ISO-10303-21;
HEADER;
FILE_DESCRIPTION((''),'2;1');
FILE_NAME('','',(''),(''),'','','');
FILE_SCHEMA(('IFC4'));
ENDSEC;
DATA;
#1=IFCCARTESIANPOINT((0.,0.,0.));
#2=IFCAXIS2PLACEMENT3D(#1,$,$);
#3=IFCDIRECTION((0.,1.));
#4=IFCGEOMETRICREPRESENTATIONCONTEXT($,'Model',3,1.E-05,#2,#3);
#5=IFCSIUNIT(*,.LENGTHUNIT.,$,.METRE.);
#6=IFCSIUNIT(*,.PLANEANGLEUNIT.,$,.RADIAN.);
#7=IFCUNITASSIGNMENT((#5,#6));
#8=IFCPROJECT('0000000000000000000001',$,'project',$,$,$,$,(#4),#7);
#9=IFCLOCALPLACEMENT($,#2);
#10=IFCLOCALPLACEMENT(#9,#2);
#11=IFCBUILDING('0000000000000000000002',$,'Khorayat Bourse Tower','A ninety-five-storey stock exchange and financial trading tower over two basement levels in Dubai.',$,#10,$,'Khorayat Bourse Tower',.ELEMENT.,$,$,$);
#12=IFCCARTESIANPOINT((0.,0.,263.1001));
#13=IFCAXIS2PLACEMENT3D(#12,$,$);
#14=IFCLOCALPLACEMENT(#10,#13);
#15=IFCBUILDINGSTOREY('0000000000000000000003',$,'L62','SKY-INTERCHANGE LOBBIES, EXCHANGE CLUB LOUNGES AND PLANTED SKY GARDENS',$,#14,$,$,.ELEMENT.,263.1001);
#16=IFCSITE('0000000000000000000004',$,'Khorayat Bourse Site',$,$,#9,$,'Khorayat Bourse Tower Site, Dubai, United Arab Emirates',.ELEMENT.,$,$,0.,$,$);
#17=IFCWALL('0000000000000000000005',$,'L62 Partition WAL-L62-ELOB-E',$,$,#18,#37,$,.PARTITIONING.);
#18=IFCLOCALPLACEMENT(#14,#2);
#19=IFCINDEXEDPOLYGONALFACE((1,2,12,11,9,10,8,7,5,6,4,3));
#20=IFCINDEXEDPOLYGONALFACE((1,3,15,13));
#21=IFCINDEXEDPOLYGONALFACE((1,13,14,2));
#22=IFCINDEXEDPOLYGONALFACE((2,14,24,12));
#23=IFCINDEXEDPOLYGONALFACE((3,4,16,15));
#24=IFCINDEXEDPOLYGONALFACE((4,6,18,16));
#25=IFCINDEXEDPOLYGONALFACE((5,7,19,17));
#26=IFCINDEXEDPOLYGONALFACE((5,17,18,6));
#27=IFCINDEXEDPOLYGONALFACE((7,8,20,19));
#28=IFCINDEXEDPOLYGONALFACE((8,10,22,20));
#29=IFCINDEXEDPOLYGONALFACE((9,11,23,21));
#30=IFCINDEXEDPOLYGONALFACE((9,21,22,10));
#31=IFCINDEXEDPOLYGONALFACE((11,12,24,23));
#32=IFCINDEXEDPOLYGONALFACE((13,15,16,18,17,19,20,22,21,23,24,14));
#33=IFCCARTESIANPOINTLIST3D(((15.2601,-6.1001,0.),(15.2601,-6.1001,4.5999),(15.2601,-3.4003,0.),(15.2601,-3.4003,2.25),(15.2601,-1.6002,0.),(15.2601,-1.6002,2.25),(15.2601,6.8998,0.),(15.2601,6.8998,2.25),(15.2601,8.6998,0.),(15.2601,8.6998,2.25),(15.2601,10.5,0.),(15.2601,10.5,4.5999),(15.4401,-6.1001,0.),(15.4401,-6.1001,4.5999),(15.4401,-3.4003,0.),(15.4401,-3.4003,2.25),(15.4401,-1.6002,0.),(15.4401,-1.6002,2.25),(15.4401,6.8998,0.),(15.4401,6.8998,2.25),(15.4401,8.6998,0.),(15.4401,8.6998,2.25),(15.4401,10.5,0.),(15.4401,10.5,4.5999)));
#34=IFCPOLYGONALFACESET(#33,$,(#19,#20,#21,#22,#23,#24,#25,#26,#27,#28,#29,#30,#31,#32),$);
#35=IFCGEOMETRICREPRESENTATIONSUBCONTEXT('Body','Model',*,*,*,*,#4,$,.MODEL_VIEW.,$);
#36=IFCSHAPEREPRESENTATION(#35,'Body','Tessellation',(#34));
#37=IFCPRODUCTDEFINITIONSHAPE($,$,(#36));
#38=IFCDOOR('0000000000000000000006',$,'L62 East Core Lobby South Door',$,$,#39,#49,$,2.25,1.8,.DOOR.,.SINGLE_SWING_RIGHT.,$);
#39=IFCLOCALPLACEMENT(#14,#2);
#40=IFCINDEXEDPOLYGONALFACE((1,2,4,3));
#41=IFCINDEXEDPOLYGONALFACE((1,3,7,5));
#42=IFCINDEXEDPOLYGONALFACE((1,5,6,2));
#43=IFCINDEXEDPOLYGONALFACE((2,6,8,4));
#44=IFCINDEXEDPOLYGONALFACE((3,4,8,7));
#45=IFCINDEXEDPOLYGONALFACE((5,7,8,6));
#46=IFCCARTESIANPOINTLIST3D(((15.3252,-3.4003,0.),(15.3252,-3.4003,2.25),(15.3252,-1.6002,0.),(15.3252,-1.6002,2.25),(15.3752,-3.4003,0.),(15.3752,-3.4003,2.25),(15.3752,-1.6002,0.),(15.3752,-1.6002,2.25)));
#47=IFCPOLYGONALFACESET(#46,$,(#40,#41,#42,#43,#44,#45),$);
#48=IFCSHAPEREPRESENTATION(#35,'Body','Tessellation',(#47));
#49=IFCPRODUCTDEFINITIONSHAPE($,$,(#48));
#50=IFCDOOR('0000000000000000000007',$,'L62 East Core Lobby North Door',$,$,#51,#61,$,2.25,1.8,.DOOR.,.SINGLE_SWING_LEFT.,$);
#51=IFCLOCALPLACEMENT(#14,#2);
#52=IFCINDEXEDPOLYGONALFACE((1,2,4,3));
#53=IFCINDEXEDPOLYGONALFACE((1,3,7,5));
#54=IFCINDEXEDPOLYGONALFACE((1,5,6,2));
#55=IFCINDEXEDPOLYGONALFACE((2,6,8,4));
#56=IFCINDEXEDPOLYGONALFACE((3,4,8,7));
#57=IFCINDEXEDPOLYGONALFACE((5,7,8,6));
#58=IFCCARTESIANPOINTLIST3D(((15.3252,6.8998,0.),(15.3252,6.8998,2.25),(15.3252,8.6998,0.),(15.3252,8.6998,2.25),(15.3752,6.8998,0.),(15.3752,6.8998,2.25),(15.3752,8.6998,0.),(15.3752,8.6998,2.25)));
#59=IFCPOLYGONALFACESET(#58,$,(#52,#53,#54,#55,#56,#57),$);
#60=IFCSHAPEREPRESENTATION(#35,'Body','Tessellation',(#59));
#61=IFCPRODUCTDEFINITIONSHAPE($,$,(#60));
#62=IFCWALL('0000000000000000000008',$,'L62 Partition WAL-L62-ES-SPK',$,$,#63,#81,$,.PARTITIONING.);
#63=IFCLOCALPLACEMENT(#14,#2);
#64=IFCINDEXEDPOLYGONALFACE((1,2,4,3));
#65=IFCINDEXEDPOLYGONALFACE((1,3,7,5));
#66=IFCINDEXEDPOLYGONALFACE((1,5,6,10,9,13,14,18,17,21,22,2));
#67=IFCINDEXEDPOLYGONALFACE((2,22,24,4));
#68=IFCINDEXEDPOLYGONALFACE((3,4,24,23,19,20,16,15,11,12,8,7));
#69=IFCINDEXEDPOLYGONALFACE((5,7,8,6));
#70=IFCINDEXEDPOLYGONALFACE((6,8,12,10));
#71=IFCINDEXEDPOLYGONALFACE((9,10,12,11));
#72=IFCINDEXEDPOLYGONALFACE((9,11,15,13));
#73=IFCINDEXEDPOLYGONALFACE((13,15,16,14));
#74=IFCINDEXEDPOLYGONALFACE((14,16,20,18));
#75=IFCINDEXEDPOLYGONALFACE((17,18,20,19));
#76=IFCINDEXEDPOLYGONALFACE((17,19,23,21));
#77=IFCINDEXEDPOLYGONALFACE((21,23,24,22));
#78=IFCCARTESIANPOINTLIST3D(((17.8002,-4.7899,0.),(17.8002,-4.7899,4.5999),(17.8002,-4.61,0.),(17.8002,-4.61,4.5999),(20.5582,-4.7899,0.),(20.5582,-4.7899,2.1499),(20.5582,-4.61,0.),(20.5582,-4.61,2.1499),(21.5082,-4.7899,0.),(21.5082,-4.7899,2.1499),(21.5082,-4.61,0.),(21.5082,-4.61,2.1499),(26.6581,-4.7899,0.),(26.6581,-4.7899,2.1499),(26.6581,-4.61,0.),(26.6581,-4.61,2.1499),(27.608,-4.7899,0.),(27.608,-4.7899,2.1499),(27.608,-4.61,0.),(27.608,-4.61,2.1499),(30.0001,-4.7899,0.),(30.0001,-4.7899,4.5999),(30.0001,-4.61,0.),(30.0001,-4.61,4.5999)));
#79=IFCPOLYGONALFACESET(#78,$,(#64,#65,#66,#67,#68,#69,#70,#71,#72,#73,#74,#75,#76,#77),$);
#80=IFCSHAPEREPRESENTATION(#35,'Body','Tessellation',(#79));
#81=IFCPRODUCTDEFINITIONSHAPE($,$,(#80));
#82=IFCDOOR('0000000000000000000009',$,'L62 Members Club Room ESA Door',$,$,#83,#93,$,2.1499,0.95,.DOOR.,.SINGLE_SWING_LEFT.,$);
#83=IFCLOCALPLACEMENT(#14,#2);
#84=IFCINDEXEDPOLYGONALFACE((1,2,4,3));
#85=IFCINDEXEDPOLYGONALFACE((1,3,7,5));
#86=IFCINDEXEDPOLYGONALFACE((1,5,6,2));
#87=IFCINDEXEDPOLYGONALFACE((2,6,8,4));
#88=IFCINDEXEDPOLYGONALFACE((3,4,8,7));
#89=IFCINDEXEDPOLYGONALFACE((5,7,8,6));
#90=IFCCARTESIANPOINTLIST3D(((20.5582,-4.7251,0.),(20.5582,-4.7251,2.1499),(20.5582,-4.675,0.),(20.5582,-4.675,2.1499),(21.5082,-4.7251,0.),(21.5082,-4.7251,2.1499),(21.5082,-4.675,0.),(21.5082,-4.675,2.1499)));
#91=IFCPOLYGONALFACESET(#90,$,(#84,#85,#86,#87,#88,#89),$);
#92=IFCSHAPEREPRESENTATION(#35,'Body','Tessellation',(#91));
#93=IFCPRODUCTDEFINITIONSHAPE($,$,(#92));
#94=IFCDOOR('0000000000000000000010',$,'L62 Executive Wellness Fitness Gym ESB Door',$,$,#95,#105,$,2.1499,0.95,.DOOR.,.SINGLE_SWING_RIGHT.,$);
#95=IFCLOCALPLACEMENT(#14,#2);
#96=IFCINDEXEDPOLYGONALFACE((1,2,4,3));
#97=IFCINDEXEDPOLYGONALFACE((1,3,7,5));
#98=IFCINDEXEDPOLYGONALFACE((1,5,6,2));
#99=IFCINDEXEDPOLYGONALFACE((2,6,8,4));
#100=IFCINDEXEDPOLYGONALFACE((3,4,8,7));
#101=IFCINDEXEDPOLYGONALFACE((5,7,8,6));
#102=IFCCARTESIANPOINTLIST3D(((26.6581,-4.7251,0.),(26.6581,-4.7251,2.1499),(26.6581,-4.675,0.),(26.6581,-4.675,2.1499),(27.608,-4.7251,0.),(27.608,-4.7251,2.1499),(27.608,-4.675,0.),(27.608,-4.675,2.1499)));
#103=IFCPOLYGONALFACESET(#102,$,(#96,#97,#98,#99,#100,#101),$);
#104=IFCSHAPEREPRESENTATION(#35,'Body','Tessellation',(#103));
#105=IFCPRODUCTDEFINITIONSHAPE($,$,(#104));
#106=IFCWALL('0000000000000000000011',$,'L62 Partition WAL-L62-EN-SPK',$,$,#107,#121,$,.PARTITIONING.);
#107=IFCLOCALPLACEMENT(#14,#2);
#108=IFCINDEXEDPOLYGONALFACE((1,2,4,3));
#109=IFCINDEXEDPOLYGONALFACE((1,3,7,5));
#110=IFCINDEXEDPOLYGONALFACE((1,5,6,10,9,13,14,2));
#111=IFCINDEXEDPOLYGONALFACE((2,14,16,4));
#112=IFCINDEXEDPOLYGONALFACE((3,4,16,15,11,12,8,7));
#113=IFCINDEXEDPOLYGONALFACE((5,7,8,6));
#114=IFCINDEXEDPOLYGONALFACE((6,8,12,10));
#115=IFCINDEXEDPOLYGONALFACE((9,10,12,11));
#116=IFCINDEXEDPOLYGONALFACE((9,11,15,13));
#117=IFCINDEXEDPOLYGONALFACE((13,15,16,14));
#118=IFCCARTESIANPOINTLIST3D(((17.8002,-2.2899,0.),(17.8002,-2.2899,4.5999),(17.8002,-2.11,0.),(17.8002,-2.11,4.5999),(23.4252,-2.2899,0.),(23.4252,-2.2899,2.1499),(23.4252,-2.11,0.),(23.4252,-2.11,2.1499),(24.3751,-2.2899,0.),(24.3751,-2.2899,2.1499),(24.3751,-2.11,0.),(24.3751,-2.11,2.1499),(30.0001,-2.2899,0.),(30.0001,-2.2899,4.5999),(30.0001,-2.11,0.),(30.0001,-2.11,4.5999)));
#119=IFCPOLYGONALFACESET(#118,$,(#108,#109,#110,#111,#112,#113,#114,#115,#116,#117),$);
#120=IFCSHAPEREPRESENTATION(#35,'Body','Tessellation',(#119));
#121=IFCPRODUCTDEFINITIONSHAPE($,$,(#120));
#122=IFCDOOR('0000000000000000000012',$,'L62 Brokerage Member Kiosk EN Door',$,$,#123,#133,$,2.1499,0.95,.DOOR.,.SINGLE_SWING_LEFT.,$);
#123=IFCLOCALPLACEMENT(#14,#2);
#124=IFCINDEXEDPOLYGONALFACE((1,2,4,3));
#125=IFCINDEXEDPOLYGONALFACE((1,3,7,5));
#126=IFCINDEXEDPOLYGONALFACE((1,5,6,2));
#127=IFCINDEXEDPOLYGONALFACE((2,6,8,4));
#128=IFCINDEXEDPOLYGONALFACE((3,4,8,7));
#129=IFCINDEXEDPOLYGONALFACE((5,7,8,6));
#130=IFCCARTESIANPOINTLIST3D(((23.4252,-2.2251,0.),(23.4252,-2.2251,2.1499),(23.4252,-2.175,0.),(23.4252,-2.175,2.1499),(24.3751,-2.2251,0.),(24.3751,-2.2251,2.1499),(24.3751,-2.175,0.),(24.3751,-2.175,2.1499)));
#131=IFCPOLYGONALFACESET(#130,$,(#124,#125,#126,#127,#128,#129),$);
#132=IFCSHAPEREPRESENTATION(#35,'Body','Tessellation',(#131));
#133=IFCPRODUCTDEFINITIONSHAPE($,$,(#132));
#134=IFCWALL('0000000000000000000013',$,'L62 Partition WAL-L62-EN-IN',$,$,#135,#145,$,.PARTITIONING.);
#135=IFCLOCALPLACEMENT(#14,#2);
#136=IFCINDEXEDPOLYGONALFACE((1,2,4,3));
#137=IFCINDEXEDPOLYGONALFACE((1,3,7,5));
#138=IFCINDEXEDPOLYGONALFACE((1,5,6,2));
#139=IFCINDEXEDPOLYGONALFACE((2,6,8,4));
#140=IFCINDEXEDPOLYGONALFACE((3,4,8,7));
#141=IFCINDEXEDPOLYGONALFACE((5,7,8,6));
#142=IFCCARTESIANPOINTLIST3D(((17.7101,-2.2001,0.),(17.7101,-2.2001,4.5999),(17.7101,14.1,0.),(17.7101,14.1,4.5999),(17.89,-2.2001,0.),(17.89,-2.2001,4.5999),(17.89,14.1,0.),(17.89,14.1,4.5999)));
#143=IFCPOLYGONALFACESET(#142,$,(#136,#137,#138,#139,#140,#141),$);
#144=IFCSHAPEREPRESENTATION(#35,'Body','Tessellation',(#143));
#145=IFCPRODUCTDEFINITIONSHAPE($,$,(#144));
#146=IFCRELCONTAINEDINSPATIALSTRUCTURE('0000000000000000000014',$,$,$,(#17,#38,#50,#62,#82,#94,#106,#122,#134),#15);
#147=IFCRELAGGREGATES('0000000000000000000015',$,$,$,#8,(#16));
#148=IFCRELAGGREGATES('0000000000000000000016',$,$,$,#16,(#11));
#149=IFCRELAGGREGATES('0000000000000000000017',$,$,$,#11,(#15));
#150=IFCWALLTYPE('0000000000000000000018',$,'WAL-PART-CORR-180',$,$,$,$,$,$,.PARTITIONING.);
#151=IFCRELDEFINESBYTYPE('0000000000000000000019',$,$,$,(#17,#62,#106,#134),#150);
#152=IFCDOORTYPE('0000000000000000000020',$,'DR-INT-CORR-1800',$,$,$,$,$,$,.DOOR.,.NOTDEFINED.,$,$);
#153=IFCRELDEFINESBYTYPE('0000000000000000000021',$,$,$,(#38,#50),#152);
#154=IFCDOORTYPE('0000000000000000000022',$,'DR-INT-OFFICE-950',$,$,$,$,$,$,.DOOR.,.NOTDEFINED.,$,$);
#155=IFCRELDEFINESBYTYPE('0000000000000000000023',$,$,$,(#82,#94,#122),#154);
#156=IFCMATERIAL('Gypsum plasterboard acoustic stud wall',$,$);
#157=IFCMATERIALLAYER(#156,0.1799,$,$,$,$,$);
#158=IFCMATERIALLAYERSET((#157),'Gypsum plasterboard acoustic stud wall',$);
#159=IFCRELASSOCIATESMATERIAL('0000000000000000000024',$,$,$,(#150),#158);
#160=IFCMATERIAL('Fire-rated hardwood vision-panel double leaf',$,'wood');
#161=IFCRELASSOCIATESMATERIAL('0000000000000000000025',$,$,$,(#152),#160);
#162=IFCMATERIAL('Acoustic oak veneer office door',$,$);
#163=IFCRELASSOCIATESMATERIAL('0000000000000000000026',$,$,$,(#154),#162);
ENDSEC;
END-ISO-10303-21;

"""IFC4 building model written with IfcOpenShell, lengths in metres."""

from ifc_helpers import new_model, si_unit, direction, frame, frame_2d, origin, place, context, subcontext, project, spatial, rectangle, extrude, source, transform, mapped, material, layer, layer_set, type_object, element, fill, save


model = new_model("IFC4")

# Units and contexts
model_context = context("Model", 3, precision=1e-05, world=origin(), true_north=direction((0.0, 1.0)))
body_context = subcontext(model_context, "Body", "Model", "MODEL_VIEW")
ifc_project = project(units=[si_unit("LENGTHUNIT", "METRE"), si_unit("PLANEANGLEUNIT", "RADIAN")], contexts=[model_context])

# Site, building, storey
site_placement = place(None, origin())
site = spatial("IfcSite", under=ifc_project, at=site_placement, Name="Khorayat Bourse Site", LongName="Khorayat Bourse Tower Site, Dubai, United Arab Emirates", CompositionType="ELEMENT", RefElevation=0.0)
building_placement = place(site_placement, origin())
building = spatial("IfcBuilding", under=site, at=building_placement, Name="Khorayat Bourse Tower", Description="A ninety-five-storey stock exchange and financial trading tower over two basement levels in Dubai.", LongName="Khorayat Bourse Tower", CompositionType="ELEMENT")
storey_placement = place(building_placement, frame((0.0, 0.0, 263.1001)))
storey = spatial("IfcBuildingStorey", under=building, at=storey_placement, Name="L62", Description="SKY-INTERCHANGE LOBBIES, EXCHANGE CLUB LOUNGES AND PLANTED SKY GARDENS", CompositionType="ELEMENT", Elevation=263.1001)

# Walls, openings, doors
ifc_material_1 = material(Name="Gypsum plasterboard acoustic stud wall")
ifc_layer_1 = layer(ifc_material_1, 0.1799)
ifc_layer_set_1 = layer_set([ifc_layer_1], Name="Gypsum plasterboard acoustic stud wall")
wall_type_1 = type_object("IfcWallType", Name="WAL-PART-CORR-180", PredefinedType="PARTITIONING", material=ifc_layer_set_1)
shared_shape_1 = source(origin(), body_context, "Body", "SweptSolid", [
    extrude(rectangle(XDim=16.6001, YDim=0.1799, at=frame_2d((8.3, 0.0))), origin(), (0.0, 0.0, 1.0), 4.5999),
])
wall_1_placement = place(storey_placement, frame((15.3501, -6.1001, 0.0), z_axis=(0.0, 0.0, 1.0), x_axis=(0.0, 1.0, 0.0)))
wall_1 = element("IfcWall", 1, at=wall_1_placement, inside=storey, type_object=wall_type_1, Name="L62 Partition WAL-L62-ELOB-E", PredefinedType="PARTITIONING", context=body_context, shape_type="MappedRepresentation", body=[
    mapped(shared_shape_1, transform((0.0, 0.0, 0.0), scale=1.0)),
])
shared_shape_2 = source(origin(), body_context, "Body", "SweptSolid", [
    extrude(rectangle(XDim=1.8, YDim=2.25, at=frame_2d((0.8999, 1.125))), frame((0.0, 0.0999, 0.0), z_axis=(0.0, -1.0, 0.0), x_axis=(1.0, 0.0, 0.0)), (0.0, 0.0, 1.0), 0.2),
])
opening_1_placement = place(wall_1_placement, frame((2.7, 0.0, 0.0)))
opening_1 = element("IfcOpeningElement", 2, at=opening_1_placement, cuts=wall_1, PredefinedType="OPENING", context=body_context, shape_type="MappedRepresentation", body=[
    mapped(shared_shape_2, transform((0.0, 0.0, 0.0), scale=1.0)),
])
opening_2_placement = place(wall_1_placement, frame((13.0, 0.0, 0.0)))
opening_2 = element("IfcOpeningElement", 3, at=opening_2_placement, cuts=wall_1, PredefinedType="OPENING", context=body_context, shape_type="MappedRepresentation", body=[
    mapped(shared_shape_2, transform((0.0, 0.0, 0.0), scale=1.0)),
])
ifc_material_2 = material(Name="Fire-rated hardwood vision-panel double leaf", Category="wood")
door_type_1 = type_object("IfcDoorType", Name="DR-INT-CORR-1800", OperationType="NOTDEFINED", PredefinedType="DOOR", material=ifc_material_2)
shared_shape_3 = source(origin(), body_context, "Body", "SweptSolid", [
    extrude(rectangle(XDim=1.8, YDim=2.25, at=frame_2d((0.8999, 1.125))), frame((0.0, 0.0249, 0.0), z_axis=(0.0, -1.0, 0.0), x_axis=(1.0, 0.0, 0.0)), (0.0, 0.0, 1.0), 0.05),
])
door_1_placement = place(opening_1_placement, origin())
door_1 = element("IfcDoor", 4, at=door_1_placement, inside=storey, type_object=door_type_1, Name="L62 East Core Lobby South Door", OperationType="SINGLE_SWING_RIGHT", OverallHeight=2.25, OverallWidth=1.8, PredefinedType="DOOR", context=body_context, shape_type="MappedRepresentation", body=[
    mapped(shared_shape_3, transform((0.0, 0.0, 0.0), scale=1.0)),
])
fill(opening_1, door_1)
door_2_placement = place(opening_2_placement, origin())
door_2 = element("IfcDoor", 5, at=door_2_placement, inside=storey, type_object=door_type_1, Name="L62 East Core Lobby North Door", OperationType="SINGLE_SWING_LEFT", OverallHeight=2.25, OverallWidth=1.8, PredefinedType="DOOR", context=body_context, shape_type="MappedRepresentation", body=[
    mapped(shared_shape_3, transform((0.0, 0.0, 0.0), scale=1.0)),
])
fill(opening_2, door_2)
shared_shape_4 = source(origin(), body_context, "Body", "SweptSolid", [
    extrude(rectangle(XDim=12.2, YDim=0.1799, at=frame_2d((6.1001, 0.0))), origin(), (0.0, 0.0, 1.0), 4.5999),
])
wall_2_placement = place(storey_placement, frame((17.8, -4.7, 0.0), z_axis=(0.0, 0.0, 1.0), x_axis=(1.0, 0.0, 0.0)))
wall_2 = element("IfcWall", 6, at=wall_2_placement, inside=storey, type_object=wall_type_1, Name="L62 Partition WAL-L62-ES-SPK", PredefinedType="PARTITIONING", context=body_context, shape_type="MappedRepresentation", body=[
    mapped(shared_shape_4, transform((0.0, 0.0, 0.0), scale=1.0)),
])
shared_shape_5 = source(origin(), body_context, "Body", "SweptSolid", [
    extrude(rectangle(XDim=0.95, YDim=2.1499, at=frame_2d((0.4751, 1.075))), frame((0.0, 0.0999, 0.0), z_axis=(0.0, -1.0, 0.0), x_axis=(1.0, 0.0, 0.0)), (0.0, 0.0, 1.0), 0.2),
])
opening_3_placement = place(wall_2_placement, frame((2.7581, 0.0, 0.0)))
opening_3 = element("IfcOpeningElement", 7, at=opening_3_placement, cuts=wall_2, PredefinedType="OPENING", context=body_context, shape_type="MappedRepresentation", body=[
    mapped(shared_shape_5, transform((0.0, 0.0, 0.0), scale=1.0)),
])
opening_4_placement = place(wall_2_placement, frame((8.8579, 0.0, 0.0)))
opening_4 = element("IfcOpeningElement", 8, at=opening_4_placement, cuts=wall_2, PredefinedType="OPENING", context=body_context, shape_type="MappedRepresentation", body=[
    mapped(shared_shape_5, transform((0.0, 0.0, 0.0), scale=1.0)),
])
ifc_material_3 = material(Name="Acoustic oak veneer office door")
door_type_2 = type_object("IfcDoorType", Name="DR-INT-OFFICE-950", OperationType="NOTDEFINED", PredefinedType="DOOR", material=ifc_material_3)
shared_shape_6 = source(origin(), body_context, "Body", "SweptSolid", [
    extrude(rectangle(XDim=0.95, YDim=2.1499, at=frame_2d((0.4751, 1.075))), frame((0.0, 0.0249, 0.0), z_axis=(0.0, -1.0, 0.0), x_axis=(1.0, 0.0, 0.0)), (0.0, 0.0, 1.0), 0.05),
])
door_3_placement = place(opening_3_placement, origin())
door_3 = element("IfcDoor", 9, at=door_3_placement, inside=storey, type_object=door_type_2, Name="L62 Members Club Room ESA Door", OperationType="SINGLE_SWING_LEFT", OverallHeight=2.1499, OverallWidth=0.95, PredefinedType="DOOR", context=body_context, shape_type="MappedRepresentation", body=[
    mapped(shared_shape_6, transform((0.0, 0.0, 0.0), scale=1.0)),
])
fill(opening_3, door_3)
door_4_placement = place(opening_4_placement, origin())
door_4 = element("IfcDoor", 10, at=door_4_placement, inside=storey, type_object=door_type_2, Name="L62 Executive Wellness Fitness Gym ESB Door", OperationType="SINGLE_SWING_RIGHT", OverallHeight=2.1499, OverallWidth=0.95, PredefinedType="DOOR", context=body_context, shape_type="MappedRepresentation", body=[
    mapped(shared_shape_6, transform((0.0, 0.0, 0.0), scale=1.0)),
])
fill(opening_4, door_4)

# Wall, opening, door
wall_3_placement = place(storey_placement, frame((17.8, -2.2, 0.0), z_axis=(0.0, 0.0, 1.0), x_axis=(1.0, 0.0, 0.0)))
wall_3 = element("IfcWall", 11, at=wall_3_placement, inside=storey, type_object=wall_type_1, Name="L62 Partition WAL-L62-EN-SPK", PredefinedType="PARTITIONING", context=body_context, shape_type="MappedRepresentation", body=[
    mapped(shared_shape_4, transform((0.0, 0.0, 0.0), scale=1.0)),
])
opening_5_placement = place(wall_3_placement, frame((5.625, 0.0, 0.0)))
opening_5 = element("IfcOpeningElement", 12, at=opening_5_placement, cuts=wall_3, PredefinedType="OPENING", context=body_context, shape_type="MappedRepresentation", body=[
    mapped(shared_shape_5, transform((0.0, 0.0, 0.0), scale=1.0)),
])
door_5_placement = place(opening_5_placement, origin())
door_5 = element("IfcDoor", 13, at=door_5_placement, inside=storey, type_object=door_type_2, Name="L62 Brokerage Member Kiosk EN Door", OperationType="SINGLE_SWING_LEFT", OverallHeight=2.1499, OverallWidth=0.95, PredefinedType="DOOR", context=body_context, shape_type="MappedRepresentation", body=[
    mapped(shared_shape_6, transform((0.0, 0.0, 0.0), scale=1.0)),
])
fill(opening_5, door_5)

# Wall
shared_shape_7 = source(origin(), body_context, "Body", "SweptSolid", [
    extrude(rectangle(XDim=16.3, YDim=0.1799, at=frame_2d((8.1499, 0.0))), origin(), (0.0, 0.0, 1.0), 4.5999),
])
wall_4_placement = place(storey_placement, frame((17.8, -2.2, 0.0), z_axis=(0.0, 0.0, 1.0), x_axis=(0.0, 1.0, 0.0)))
element("IfcWall", 14, at=wall_4_placement, inside=storey, type_object=wall_type_1, Name="L62 Partition WAL-L62-EN-IN", PredefinedType="PARTITIONING", context=body_context, shape_type="MappedRepresentation", body=[
    mapped(shared_shape_7, transform((0.0, 0.0, 0.0), scale=1.0)),
])

save(model, "model.ifc")
